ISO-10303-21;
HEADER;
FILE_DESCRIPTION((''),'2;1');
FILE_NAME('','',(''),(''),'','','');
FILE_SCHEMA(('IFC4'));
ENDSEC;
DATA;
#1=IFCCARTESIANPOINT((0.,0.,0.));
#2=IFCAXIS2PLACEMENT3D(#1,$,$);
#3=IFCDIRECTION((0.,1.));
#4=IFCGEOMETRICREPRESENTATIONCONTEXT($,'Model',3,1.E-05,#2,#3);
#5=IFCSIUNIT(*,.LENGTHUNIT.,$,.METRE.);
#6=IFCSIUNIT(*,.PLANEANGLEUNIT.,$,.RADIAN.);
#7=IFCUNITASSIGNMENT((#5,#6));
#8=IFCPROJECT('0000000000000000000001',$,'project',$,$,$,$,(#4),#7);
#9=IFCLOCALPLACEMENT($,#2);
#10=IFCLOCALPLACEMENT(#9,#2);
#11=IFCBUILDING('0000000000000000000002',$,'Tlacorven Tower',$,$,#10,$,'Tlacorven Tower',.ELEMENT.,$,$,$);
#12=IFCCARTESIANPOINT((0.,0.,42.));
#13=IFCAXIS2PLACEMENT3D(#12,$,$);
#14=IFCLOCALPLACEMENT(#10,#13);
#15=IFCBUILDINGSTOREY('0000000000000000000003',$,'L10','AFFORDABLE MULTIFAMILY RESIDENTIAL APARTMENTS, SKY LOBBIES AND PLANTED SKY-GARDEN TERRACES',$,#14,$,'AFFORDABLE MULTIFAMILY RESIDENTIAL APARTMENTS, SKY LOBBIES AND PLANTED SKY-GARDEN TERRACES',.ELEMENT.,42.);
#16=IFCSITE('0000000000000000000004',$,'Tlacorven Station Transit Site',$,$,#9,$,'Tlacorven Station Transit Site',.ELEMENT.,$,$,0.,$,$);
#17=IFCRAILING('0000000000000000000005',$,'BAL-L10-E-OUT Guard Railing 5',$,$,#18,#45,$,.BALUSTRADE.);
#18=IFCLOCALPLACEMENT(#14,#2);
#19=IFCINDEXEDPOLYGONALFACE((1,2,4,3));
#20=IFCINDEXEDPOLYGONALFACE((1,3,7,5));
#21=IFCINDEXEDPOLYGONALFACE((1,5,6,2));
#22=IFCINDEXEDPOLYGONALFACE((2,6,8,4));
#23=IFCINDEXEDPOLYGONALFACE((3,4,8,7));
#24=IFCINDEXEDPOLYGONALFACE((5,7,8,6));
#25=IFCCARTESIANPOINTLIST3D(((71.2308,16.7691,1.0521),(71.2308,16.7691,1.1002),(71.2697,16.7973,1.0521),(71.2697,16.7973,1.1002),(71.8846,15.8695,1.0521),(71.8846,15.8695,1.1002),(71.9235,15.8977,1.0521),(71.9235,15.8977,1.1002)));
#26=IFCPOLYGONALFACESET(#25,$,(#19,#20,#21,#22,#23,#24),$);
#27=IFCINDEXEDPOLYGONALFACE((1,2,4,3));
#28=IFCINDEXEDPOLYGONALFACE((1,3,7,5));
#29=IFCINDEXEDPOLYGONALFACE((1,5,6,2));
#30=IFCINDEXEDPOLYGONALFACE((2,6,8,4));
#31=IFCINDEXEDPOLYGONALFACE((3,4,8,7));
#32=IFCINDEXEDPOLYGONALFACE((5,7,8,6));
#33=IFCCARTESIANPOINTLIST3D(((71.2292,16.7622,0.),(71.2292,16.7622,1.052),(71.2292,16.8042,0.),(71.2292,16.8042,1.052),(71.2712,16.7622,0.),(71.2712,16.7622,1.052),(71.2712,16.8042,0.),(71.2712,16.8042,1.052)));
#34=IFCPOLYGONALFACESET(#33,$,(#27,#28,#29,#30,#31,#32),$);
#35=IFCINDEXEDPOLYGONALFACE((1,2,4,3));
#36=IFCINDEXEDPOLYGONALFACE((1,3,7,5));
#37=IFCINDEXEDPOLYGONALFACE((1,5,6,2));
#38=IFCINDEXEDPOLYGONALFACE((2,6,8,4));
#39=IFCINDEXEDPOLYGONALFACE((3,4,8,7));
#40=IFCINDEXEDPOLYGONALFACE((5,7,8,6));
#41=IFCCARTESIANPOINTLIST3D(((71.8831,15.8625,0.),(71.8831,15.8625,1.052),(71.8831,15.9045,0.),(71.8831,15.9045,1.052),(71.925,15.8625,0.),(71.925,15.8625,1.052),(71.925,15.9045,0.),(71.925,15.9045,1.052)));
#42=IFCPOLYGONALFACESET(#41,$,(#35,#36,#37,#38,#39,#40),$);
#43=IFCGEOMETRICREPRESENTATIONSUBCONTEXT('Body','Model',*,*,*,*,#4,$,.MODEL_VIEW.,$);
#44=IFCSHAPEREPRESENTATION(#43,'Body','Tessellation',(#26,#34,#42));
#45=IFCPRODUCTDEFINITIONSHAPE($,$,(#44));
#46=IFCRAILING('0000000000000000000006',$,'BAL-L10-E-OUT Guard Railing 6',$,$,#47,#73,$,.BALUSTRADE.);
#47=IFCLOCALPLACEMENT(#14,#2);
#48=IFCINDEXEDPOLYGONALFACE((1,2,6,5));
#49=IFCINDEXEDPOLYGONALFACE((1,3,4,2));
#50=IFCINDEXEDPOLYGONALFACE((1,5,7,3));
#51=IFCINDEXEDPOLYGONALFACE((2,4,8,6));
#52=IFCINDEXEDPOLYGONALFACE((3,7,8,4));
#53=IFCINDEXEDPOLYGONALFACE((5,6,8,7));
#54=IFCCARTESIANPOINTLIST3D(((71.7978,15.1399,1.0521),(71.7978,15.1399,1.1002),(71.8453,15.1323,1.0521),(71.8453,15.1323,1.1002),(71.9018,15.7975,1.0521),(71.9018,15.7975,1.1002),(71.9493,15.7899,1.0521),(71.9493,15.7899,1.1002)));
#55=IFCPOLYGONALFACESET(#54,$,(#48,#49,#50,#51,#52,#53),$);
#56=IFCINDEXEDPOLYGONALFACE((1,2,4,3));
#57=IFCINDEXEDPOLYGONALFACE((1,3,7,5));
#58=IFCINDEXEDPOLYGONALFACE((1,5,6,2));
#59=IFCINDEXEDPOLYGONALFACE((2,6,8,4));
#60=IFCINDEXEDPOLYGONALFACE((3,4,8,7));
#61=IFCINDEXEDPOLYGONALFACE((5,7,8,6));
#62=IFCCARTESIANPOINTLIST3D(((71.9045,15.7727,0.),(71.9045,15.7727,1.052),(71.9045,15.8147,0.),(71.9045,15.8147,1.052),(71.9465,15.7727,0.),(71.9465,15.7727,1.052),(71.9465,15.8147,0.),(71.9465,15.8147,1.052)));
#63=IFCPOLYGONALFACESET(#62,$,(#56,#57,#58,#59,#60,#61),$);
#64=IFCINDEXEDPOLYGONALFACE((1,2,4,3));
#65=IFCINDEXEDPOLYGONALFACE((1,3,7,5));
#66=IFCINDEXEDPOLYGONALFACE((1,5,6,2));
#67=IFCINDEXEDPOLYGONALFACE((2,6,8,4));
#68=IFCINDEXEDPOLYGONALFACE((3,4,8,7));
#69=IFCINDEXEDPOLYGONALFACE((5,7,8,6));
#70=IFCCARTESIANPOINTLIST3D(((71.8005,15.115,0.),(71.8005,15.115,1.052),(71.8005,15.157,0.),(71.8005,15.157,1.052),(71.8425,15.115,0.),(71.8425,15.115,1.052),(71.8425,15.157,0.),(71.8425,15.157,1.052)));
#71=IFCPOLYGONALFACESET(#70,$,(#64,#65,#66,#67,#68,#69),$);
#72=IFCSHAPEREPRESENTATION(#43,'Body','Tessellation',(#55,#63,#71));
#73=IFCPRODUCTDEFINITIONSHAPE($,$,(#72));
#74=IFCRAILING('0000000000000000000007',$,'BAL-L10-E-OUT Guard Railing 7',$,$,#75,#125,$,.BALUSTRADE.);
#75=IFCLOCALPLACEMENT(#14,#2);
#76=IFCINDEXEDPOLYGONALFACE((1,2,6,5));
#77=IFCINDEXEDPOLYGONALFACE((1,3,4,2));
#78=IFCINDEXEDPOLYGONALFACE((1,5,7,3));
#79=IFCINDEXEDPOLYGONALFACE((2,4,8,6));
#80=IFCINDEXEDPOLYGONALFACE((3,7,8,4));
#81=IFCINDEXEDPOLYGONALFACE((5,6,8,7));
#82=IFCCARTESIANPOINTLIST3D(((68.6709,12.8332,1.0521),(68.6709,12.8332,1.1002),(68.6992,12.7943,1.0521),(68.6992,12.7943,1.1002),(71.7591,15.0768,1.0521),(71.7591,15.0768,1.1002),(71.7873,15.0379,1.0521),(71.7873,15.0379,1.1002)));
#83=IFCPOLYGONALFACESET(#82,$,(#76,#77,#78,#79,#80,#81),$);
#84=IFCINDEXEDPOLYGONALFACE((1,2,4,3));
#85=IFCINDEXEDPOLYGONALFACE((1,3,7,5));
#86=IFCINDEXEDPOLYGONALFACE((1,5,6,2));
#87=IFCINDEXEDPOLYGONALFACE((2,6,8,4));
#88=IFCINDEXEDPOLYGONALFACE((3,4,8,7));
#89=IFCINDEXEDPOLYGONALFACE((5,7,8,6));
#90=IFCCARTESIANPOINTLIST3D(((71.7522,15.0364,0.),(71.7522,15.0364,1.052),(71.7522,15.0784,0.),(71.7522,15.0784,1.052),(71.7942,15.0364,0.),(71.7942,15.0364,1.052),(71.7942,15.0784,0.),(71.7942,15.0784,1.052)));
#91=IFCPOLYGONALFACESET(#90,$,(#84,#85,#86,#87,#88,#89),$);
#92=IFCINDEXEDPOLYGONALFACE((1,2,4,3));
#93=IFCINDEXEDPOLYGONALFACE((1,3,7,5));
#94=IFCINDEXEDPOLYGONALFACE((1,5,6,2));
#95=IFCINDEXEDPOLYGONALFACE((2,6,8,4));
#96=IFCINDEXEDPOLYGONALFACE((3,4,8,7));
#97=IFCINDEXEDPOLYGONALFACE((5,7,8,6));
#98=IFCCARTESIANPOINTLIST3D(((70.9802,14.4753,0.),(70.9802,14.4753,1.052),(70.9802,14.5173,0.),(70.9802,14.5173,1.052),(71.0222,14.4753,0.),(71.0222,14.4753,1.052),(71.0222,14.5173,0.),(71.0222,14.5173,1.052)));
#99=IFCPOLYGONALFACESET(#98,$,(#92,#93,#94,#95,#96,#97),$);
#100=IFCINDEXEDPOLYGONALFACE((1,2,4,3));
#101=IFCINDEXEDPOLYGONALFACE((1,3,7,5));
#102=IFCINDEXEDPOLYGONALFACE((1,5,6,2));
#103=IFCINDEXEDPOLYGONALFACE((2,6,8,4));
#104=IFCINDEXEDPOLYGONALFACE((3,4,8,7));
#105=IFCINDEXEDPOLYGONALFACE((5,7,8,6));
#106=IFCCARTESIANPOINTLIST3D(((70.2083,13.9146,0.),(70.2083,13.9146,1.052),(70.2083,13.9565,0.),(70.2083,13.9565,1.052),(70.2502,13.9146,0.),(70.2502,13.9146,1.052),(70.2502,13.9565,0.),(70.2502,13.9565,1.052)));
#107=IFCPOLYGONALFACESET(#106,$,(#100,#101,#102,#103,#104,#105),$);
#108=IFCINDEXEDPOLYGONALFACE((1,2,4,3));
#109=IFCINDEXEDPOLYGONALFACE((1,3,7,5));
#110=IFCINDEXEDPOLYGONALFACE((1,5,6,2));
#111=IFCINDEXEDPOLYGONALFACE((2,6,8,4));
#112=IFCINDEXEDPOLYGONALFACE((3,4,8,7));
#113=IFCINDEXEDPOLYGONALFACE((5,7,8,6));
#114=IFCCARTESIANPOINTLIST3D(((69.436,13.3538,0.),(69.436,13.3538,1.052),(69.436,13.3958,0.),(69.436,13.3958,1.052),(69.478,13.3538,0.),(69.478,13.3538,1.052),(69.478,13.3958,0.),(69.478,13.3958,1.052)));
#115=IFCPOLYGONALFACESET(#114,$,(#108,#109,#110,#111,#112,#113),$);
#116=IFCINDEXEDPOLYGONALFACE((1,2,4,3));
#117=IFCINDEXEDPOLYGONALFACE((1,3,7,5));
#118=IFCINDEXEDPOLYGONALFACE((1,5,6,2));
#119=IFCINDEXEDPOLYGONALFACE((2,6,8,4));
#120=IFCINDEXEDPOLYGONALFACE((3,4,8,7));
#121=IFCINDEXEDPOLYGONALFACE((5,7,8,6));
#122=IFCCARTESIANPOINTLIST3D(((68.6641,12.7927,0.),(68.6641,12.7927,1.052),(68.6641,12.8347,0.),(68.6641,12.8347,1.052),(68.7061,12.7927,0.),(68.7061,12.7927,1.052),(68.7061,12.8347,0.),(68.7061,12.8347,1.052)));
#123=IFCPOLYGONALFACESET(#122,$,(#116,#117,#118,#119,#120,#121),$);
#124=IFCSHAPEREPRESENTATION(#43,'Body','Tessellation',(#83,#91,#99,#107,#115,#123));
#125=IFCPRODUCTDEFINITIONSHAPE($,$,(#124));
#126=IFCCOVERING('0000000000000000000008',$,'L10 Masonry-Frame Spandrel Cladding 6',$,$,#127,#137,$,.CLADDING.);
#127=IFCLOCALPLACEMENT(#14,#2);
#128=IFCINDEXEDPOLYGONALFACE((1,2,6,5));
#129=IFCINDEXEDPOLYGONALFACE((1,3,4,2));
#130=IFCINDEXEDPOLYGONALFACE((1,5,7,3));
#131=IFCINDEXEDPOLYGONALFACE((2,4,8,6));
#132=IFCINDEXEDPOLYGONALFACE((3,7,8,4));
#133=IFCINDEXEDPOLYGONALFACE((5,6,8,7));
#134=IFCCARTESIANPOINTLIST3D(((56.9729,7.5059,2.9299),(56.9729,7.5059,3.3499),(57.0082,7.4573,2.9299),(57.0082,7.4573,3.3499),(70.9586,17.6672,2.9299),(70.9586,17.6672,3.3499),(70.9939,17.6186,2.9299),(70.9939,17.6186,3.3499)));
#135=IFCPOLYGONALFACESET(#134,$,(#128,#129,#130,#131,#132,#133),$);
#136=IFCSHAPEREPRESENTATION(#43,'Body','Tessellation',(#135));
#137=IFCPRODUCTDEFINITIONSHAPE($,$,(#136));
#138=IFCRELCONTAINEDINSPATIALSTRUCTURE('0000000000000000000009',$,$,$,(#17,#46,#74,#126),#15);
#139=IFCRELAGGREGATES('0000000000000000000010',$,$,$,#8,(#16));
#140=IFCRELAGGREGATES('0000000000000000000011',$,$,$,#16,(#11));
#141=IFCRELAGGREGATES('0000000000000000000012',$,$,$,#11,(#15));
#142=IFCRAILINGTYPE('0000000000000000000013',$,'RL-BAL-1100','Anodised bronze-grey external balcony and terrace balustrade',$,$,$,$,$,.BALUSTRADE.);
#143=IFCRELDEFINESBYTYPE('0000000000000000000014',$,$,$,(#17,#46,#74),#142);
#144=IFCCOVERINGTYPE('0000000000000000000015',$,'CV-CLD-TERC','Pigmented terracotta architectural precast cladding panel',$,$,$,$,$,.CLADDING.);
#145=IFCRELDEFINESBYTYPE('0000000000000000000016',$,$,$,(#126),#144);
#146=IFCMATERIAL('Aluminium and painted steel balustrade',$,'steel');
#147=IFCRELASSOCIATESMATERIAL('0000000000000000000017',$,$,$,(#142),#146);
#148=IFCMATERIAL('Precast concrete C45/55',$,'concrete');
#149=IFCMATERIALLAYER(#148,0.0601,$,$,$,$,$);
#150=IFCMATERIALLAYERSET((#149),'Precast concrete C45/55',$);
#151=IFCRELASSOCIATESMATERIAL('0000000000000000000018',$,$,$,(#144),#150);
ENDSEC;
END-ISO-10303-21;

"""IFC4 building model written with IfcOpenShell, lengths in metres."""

from ifc_helpers import new_model, si_unit, direction, frame, origin, origin_2d, place, context, subcontext, project, spatial, rectangle, extrude, source, transform, mapped, material, layer, layer_set, type_object, element, save


model = new_model("IFC4")

# Units and contexts
model_context = context("Model", 3, precision=1e-05, world=origin(), true_north=direction((0.0, 1.0)))
body_context = subcontext(model_context, "Body", "Model", "MODEL_VIEW")
ifc_project = project(units=[si_unit("LENGTHUNIT", "METRE"), si_unit("PLANEANGLEUNIT", "RADIAN")], contexts=[model_context])

# Site, building, storey
site_placement = place(None, origin())
site = spatial("IfcSite", under=ifc_project, at=site_placement, Name="Tlacorven Station Transit Site", LongName="Tlacorven Station Transit Site", CompositionType="ELEMENT", RefElevation=0.0)
building_placement = place(site_placement, origin())
building = spatial("IfcBuilding", under=site, at=building_placement, Name="Tlacorven Tower", LongName="Tlacorven Tower", CompositionType="ELEMENT")
storey_placement = place(building_placement, frame((0.0, 0.0, 42.0)))
storey = spatial("IfcBuildingStorey", under=building, at=storey_placement, Name="L10", Description="AFFORDABLE MULTIFAMILY RESIDENTIAL APARTMENTS, SKY LOBBIES AND PLANTED SKY-GARDEN TERRACES", LongName="AFFORDABLE MULTIFAMILY RESIDENTIAL APARTMENTS, SKY LOBBIES AND PLANTED SKY-GARDEN TERRACES", CompositionType="ELEMENT", Elevation=42.0)

# Shared definitions
ifc_material_1 = material(Name="Precast concrete C45/55", Category="concrete")

# Railings
ifc_material_2 = material(Name="Aluminium and painted steel balustrade", Category="steel")
railing_type = type_object("IfcRailingType", Name="RL-BAL-1100", Description="Anodised bronze-grey external balcony and terrace balustrade", PredefinedType="BALUSTRADE", material=ifc_material_2)
shared_shape_1 = source(origin(), body_context, "Body", "SweptSolid", [
    extrude(rectangle(XDim=0.0481, YDim=0.0481, at=origin_2d()), frame((0.0, 0.0, 1.0762), z_axis=(0.587884, -0.808945, 0.0), x_axis=(0.808945, 0.587884, 0.0)), (0.0, 0.0, 1.0), 1.1121),
    extrude(rectangle(XDim=0.042, YDim=0.042, at=origin_2d()), origin(), (0.0, 0.0, 1.0), 1.052),
    extrude(rectangle(XDim=0.042, YDim=0.042, at=origin_2d()), frame((0.6538, -0.8997, 0.0)), (0.0, 0.0, 1.0), 1.052),
])
railing_1_placement = place(storey_placement, frame((71.2502, 16.7832, 0.0)))
element("IfcRailing", 1, at=railing_1_placement, inside=storey, type_object=railing_type, Name="BAL-L10-E-OUT Guard Railing 5", PredefinedType="BALUSTRADE", context=body_context, shape_type="MappedRepresentation", body=[
    mapped(shared_shape_1, transform((0.0, 0.0, 0.0), scale=1.0)),
])
shared_shape_2 = source(origin(), body_context, "Body", "SweptSolid", [
    extrude(rectangle(XDim=0.0481, YDim=0.0481, at=origin_2d()), frame((0.0, 0.0, 1.0762), z_axis=(-0.156188, -0.987727, 0.0), x_axis=(0.987727, -0.156188, 0.0)), (0.0, 0.0, 1.0), 0.6658),
    extrude(rectangle(XDim=0.042, YDim=0.042, at=origin_2d()), origin(), (0.0, 0.0, 1.0), 1.052),
    extrude(rectangle(XDim=0.042, YDim=0.042, at=origin_2d()), frame((-0.104, -0.6577, 0.0)), (0.0, 0.0, 1.0), 1.052),
])
railing_2_placement = place(storey_placement, frame((71.9255, 15.7937, 0.0)))
element("IfcRailing", 2, at=railing_2_placement, inside=storey, type_object=railing_type, Name="BAL-L10-E-OUT Guard Railing 6", PredefinedType="BALUSTRADE", context=body_context, shape_type="MappedRepresentation", body=[
    mapped(shared_shape_2, transform((0.0, 0.0, 0.0), scale=1.0)),
])
shared_shape_3 = source(origin(), body_context, "Body", "SweptSolid", [
    extrude(rectangle(XDim=0.0481, YDim=0.0481, at=origin_2d()), frame((0.0, 0.0, 1.0762), z_axis=(-0.809018, -0.587784, 0.0), x_axis=(0.587784, -0.809018, 0.0)), (0.0, 0.0, 1.0), 3.8171),
    extrude(rectangle(XDim=0.042, YDim=0.042, at=origin_2d()), origin(), (0.0, 0.0, 1.0), 1.052),
    extrude(rectangle(XDim=0.042, YDim=0.042, at=origin_2d()), frame((-0.772, -0.561, 0.0)), (0.0, 0.0, 1.0), 1.052),
    extrude(rectangle(XDim=0.042, YDim=0.042, at=origin_2d()), frame((-1.5439, -1.1218, 0.0)), (0.0, 0.0, 1.0), 1.052),
    extrude(rectangle(XDim=0.042, YDim=0.042, at=origin_2d()), frame((-2.3162, -1.6826, 0.0)), (0.0, 0.0, 1.0), 1.052),
    extrude(rectangle(XDim=0.042, YDim=0.042, at=origin_2d()), frame((-3.0881, -2.2437, 0.0)), (0.0, 0.0, 1.0), 1.052),
])
railing_3_placement = place(storey_placement, frame((71.7732, 15.0574, 0.0)))
element("IfcRailing", 3, at=railing_3_placement, inside=storey, type_object=railing_type, Name="BAL-L10-E-OUT Guard Railing 7", PredefinedType="BALUSTRADE", context=body_context, shape_type="MappedRepresentation", body=[
    mapped(shared_shape_3, transform((0.0, 0.0, 0.0), scale=1.0)),
])

# Covering
ifc_layer_1 = layer(ifc_material_1, 0.0601)
ifc_layer_set_1 = layer_set([ifc_layer_1], Name="Precast concrete C45/55")
covering_type = type_object("IfcCoveringType", Name="CV-CLD-TERC", Description="Pigmented terracotta architectural precast cladding panel", PredefinedType="CLADDING", material=ifc_layer_set_1)
shared_shape_4 = source(origin(), body_context, "Body", "SweptSolid", [
    extrude(rectangle(XDim=17.2874, YDim=0.0601, at=origin_2d()), origin(), (0.0, 0.0, 1.0), 0.4199),
])
covering_placement = place(storey_placement, frame((63.9834, 12.5623, 2.9299), z_axis=(0.0, 0.0, 1.0), x_axis=(-0.809017, -0.587785, 0.0)))
element("IfcCovering", 4, at=covering_placement, inside=storey, type_object=covering_type, Name="L10 Masonry-Frame Spandrel Cladding 6", PredefinedType="CLADDING", context=body_context, shape_type="MappedRepresentation", body=[
    mapped(shared_shape_4, transform((0.0, 0.0, 0.0), scale=1.0)),
])

save(model, "model.ifc")
